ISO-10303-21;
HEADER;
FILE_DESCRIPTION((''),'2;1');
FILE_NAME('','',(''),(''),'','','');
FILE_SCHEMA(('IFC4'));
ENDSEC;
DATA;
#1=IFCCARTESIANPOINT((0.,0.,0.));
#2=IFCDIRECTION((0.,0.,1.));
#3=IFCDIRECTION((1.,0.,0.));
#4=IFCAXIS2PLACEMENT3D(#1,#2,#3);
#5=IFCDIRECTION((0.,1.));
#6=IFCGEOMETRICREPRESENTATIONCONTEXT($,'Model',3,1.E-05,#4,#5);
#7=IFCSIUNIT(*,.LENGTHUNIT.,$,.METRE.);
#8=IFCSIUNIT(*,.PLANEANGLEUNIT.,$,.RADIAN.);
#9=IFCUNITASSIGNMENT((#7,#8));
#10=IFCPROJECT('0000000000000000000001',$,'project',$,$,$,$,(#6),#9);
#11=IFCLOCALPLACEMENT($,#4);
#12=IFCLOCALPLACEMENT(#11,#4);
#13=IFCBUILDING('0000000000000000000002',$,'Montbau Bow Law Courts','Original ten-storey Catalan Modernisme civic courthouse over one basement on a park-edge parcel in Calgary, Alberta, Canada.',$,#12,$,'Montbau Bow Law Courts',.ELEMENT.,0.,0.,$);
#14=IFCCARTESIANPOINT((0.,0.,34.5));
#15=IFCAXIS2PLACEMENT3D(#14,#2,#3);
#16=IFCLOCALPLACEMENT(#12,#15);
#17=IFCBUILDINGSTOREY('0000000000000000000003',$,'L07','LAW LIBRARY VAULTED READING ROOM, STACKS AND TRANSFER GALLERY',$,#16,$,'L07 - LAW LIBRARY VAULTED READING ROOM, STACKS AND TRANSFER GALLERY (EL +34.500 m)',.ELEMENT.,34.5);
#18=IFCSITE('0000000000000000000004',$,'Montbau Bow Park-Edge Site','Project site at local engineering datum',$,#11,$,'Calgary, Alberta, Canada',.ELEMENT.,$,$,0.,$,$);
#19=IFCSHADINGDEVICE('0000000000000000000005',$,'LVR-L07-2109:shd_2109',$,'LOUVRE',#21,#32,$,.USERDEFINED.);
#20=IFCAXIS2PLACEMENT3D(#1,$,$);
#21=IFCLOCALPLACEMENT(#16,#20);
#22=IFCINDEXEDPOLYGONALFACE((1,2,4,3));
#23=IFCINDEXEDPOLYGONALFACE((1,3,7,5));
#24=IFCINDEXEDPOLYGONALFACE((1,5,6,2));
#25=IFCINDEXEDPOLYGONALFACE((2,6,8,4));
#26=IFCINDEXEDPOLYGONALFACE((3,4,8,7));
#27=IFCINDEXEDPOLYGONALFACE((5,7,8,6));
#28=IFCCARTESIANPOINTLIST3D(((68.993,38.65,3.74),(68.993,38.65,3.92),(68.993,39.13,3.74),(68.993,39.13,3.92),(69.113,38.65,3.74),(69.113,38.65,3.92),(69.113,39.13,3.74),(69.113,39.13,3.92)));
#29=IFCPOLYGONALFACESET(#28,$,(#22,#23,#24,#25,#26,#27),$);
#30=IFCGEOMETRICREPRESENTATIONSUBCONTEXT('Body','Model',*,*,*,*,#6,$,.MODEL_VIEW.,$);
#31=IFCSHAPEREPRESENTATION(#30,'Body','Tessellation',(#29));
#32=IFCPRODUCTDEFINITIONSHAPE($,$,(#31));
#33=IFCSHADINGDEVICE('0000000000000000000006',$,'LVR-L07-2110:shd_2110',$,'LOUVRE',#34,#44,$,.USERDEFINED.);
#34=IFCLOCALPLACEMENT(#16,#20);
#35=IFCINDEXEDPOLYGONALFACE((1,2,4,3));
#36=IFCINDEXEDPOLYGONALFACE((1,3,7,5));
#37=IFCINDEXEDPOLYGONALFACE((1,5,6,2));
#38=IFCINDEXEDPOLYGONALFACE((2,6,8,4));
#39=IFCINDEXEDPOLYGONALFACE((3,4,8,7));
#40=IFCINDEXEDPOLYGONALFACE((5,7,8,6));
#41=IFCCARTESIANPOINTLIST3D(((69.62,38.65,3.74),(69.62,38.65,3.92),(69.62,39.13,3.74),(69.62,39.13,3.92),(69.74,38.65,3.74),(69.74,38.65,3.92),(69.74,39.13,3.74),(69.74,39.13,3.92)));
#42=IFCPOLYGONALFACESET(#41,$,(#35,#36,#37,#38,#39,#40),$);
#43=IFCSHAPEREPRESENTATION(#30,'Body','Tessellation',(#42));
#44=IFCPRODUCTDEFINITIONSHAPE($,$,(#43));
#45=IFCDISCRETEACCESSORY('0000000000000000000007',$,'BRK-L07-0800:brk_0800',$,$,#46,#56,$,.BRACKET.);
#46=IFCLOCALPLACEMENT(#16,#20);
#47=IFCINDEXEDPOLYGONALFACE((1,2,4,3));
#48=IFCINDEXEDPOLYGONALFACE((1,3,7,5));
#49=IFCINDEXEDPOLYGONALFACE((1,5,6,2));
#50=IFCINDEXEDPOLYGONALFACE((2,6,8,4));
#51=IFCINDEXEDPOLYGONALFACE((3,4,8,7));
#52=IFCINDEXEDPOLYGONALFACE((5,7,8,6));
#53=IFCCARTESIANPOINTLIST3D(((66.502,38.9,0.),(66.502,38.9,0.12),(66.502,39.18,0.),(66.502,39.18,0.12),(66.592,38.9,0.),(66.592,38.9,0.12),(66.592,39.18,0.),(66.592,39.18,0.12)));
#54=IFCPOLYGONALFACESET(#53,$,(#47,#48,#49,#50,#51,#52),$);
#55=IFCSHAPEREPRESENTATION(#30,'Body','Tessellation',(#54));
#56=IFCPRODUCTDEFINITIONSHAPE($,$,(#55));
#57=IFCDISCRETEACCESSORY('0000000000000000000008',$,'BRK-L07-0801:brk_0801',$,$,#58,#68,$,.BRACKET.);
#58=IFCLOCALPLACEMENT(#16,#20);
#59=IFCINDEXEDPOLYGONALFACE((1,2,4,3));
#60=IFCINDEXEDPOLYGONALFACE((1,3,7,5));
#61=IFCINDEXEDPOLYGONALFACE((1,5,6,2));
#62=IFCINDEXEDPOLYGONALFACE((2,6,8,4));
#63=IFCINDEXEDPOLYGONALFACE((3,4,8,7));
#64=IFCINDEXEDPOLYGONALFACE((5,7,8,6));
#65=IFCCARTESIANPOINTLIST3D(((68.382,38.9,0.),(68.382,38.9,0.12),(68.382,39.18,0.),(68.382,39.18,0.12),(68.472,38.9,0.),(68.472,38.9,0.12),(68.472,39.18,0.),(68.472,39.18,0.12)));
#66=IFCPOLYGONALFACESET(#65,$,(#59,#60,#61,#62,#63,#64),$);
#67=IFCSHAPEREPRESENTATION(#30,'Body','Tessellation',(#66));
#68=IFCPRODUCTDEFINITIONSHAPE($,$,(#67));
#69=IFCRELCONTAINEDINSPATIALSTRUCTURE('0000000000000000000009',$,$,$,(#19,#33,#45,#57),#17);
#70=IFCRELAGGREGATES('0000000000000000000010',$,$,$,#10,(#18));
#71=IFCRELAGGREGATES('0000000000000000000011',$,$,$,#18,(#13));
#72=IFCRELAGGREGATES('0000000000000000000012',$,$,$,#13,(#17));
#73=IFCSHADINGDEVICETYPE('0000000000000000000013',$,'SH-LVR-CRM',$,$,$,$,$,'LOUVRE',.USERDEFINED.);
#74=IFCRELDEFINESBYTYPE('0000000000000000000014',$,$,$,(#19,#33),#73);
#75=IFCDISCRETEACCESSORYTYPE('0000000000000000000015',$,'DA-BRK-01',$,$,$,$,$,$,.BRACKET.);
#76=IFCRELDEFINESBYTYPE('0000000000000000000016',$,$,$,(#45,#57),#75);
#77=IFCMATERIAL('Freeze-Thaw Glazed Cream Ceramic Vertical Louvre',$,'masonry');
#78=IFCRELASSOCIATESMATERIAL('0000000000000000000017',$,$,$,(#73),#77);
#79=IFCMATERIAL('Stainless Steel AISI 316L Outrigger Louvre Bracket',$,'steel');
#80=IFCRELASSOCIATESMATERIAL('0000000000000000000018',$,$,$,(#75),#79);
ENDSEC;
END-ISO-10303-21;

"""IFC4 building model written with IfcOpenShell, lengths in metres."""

from ifc_helpers import new_model, si_unit, direction, frame, origin_with_axes, origin_2d_with_axis, place, context, subcontext, project, spatial, rectangle, extrude, material, type_object, element, save


model = new_model("IFC4")

# Units and contexts
model_context = context("Model", 3, precision=1e-05, world=origin_with_axes(), true_north=direction((0.0, 1.0)))
body_context = subcontext(model_context, "Body", "Model", "MODEL_VIEW")
ifc_project = project(units=[si_unit("LENGTHUNIT", "METRE"), si_unit("PLANEANGLEUNIT", "RADIAN")], contexts=[model_context])

# Site, building, storey
site_placement = place(None, origin_with_axes())
site = spatial("IfcSite", under=ifc_project, at=site_placement, Name="Montbau Bow Park-Edge Site", Description="Project site at local engineering datum", LongName="Calgary, Alberta, Canada", CompositionType="ELEMENT", RefElevation=0.0)
building_placement = place(site_placement, origin_with_axes())
building = spatial("IfcBuilding", under=site, at=building_placement, Name="Montbau Bow Law Courts", Description="Original ten-storey Catalan Modernisme civic courthouse over one basement on a park-edge parcel in Calgary, Alberta, Canada.", LongName="Montbau Bow Law Courts", CompositionType="ELEMENT", ElevationOfRefHeight=0.0, ElevationOfTerrain=0.0)
storey_placement = place(building_placement, frame((0.0, 0.0, 34.5), z_axis=(0.0, 0.0, 1.0), x_axis=(1.0, 0.0, 0.0)))
storey = spatial("IfcBuildingStorey", under=building, at=storey_placement, Name="L07", Description="LAW LIBRARY VAULTED READING ROOM, STACKS AND TRANSFER GALLERY", LongName="L07 - LAW LIBRARY VAULTED READING ROOM, STACKS AND TRANSFER GALLERY (EL +34.500 m)", CompositionType="ELEMENT", Elevation=34.5)

# Shading devices
ifc_material_1 = material(Name="Freeze-Thaw Glazed Cream Ceramic Vertical Louvre", Category="masonry")
shading_device_type = type_object("IfcShadingDeviceType", Name="SH-LVR-CRM", ElementType="LOUVRE", PredefinedType="USERDEFINED", material=ifc_material_1)
for number, where, z_axis, x_axis, name in (
    (1, (69.053, 38.89, 38.24), (0.0, 0.0, 1.0), (0.0, -1.0, 0.0), "LVR-L07-2109:shd_2109"),
    (2, (69.68, 38.89, 38.24), (0.0, 0.0, 1.0), (0.0, -1.0, 0.0), "LVR-L07-2110:shd_2110"),
):
    element("IfcShadingDevice", number, at=place(None, frame(where, z_axis=z_axis, x_axis=x_axis)), inside=storey, type_object=shading_device_type, Name=name, ObjectType="LOUVRE", PredefinedType="USERDEFINED", context=body_context, shape_type="SweptSolid", body=[
        extrude(rectangle(XDim=0.48, YDim=0.12, at=origin_2d_with_axis()), origin_with_axes(), (0.0, 0.0, 1.0), 0.18),
    ])

# Discrete accessories
ifc_material_2 = material(Name="Stainless Steel AISI 316L Outrigger Louvre Bracket", Category="steel")
discrete_accessory_type = type_object("IfcDiscreteAccessoryType", Name="DA-BRK-01", PredefinedType="BRACKET", material=ifc_material_2)
for number, where, z_axis, x_axis, name in (
    (3, (66.547, 39.04, 34.5), (0.0, 0.0, 1.0), (0.0, -1.0, 0.0), "BRK-L07-0800:brk_0800"),
    (4, (68.427, 39.04, 34.5), (0.0, 0.0, 1.0), (0.0, -1.0, 0.0), "BRK-L07-0801:brk_0801"),
):
    element("IfcDiscreteAccessory", number, at=place(None, frame(where, z_axis=z_axis, x_axis=x_axis)), inside=storey, type_object=discrete_accessory_type, Name=name, PredefinedType="BRACKET", context=body_context, shape_type="SweptSolid", body=[
        extrude(rectangle(XDim=0.28, YDim=0.09, at=origin_2d_with_axis()), origin_with_axes(), (0.0, 0.0, 1.0), 0.12),
    ])

save(model, "model.ifc")
